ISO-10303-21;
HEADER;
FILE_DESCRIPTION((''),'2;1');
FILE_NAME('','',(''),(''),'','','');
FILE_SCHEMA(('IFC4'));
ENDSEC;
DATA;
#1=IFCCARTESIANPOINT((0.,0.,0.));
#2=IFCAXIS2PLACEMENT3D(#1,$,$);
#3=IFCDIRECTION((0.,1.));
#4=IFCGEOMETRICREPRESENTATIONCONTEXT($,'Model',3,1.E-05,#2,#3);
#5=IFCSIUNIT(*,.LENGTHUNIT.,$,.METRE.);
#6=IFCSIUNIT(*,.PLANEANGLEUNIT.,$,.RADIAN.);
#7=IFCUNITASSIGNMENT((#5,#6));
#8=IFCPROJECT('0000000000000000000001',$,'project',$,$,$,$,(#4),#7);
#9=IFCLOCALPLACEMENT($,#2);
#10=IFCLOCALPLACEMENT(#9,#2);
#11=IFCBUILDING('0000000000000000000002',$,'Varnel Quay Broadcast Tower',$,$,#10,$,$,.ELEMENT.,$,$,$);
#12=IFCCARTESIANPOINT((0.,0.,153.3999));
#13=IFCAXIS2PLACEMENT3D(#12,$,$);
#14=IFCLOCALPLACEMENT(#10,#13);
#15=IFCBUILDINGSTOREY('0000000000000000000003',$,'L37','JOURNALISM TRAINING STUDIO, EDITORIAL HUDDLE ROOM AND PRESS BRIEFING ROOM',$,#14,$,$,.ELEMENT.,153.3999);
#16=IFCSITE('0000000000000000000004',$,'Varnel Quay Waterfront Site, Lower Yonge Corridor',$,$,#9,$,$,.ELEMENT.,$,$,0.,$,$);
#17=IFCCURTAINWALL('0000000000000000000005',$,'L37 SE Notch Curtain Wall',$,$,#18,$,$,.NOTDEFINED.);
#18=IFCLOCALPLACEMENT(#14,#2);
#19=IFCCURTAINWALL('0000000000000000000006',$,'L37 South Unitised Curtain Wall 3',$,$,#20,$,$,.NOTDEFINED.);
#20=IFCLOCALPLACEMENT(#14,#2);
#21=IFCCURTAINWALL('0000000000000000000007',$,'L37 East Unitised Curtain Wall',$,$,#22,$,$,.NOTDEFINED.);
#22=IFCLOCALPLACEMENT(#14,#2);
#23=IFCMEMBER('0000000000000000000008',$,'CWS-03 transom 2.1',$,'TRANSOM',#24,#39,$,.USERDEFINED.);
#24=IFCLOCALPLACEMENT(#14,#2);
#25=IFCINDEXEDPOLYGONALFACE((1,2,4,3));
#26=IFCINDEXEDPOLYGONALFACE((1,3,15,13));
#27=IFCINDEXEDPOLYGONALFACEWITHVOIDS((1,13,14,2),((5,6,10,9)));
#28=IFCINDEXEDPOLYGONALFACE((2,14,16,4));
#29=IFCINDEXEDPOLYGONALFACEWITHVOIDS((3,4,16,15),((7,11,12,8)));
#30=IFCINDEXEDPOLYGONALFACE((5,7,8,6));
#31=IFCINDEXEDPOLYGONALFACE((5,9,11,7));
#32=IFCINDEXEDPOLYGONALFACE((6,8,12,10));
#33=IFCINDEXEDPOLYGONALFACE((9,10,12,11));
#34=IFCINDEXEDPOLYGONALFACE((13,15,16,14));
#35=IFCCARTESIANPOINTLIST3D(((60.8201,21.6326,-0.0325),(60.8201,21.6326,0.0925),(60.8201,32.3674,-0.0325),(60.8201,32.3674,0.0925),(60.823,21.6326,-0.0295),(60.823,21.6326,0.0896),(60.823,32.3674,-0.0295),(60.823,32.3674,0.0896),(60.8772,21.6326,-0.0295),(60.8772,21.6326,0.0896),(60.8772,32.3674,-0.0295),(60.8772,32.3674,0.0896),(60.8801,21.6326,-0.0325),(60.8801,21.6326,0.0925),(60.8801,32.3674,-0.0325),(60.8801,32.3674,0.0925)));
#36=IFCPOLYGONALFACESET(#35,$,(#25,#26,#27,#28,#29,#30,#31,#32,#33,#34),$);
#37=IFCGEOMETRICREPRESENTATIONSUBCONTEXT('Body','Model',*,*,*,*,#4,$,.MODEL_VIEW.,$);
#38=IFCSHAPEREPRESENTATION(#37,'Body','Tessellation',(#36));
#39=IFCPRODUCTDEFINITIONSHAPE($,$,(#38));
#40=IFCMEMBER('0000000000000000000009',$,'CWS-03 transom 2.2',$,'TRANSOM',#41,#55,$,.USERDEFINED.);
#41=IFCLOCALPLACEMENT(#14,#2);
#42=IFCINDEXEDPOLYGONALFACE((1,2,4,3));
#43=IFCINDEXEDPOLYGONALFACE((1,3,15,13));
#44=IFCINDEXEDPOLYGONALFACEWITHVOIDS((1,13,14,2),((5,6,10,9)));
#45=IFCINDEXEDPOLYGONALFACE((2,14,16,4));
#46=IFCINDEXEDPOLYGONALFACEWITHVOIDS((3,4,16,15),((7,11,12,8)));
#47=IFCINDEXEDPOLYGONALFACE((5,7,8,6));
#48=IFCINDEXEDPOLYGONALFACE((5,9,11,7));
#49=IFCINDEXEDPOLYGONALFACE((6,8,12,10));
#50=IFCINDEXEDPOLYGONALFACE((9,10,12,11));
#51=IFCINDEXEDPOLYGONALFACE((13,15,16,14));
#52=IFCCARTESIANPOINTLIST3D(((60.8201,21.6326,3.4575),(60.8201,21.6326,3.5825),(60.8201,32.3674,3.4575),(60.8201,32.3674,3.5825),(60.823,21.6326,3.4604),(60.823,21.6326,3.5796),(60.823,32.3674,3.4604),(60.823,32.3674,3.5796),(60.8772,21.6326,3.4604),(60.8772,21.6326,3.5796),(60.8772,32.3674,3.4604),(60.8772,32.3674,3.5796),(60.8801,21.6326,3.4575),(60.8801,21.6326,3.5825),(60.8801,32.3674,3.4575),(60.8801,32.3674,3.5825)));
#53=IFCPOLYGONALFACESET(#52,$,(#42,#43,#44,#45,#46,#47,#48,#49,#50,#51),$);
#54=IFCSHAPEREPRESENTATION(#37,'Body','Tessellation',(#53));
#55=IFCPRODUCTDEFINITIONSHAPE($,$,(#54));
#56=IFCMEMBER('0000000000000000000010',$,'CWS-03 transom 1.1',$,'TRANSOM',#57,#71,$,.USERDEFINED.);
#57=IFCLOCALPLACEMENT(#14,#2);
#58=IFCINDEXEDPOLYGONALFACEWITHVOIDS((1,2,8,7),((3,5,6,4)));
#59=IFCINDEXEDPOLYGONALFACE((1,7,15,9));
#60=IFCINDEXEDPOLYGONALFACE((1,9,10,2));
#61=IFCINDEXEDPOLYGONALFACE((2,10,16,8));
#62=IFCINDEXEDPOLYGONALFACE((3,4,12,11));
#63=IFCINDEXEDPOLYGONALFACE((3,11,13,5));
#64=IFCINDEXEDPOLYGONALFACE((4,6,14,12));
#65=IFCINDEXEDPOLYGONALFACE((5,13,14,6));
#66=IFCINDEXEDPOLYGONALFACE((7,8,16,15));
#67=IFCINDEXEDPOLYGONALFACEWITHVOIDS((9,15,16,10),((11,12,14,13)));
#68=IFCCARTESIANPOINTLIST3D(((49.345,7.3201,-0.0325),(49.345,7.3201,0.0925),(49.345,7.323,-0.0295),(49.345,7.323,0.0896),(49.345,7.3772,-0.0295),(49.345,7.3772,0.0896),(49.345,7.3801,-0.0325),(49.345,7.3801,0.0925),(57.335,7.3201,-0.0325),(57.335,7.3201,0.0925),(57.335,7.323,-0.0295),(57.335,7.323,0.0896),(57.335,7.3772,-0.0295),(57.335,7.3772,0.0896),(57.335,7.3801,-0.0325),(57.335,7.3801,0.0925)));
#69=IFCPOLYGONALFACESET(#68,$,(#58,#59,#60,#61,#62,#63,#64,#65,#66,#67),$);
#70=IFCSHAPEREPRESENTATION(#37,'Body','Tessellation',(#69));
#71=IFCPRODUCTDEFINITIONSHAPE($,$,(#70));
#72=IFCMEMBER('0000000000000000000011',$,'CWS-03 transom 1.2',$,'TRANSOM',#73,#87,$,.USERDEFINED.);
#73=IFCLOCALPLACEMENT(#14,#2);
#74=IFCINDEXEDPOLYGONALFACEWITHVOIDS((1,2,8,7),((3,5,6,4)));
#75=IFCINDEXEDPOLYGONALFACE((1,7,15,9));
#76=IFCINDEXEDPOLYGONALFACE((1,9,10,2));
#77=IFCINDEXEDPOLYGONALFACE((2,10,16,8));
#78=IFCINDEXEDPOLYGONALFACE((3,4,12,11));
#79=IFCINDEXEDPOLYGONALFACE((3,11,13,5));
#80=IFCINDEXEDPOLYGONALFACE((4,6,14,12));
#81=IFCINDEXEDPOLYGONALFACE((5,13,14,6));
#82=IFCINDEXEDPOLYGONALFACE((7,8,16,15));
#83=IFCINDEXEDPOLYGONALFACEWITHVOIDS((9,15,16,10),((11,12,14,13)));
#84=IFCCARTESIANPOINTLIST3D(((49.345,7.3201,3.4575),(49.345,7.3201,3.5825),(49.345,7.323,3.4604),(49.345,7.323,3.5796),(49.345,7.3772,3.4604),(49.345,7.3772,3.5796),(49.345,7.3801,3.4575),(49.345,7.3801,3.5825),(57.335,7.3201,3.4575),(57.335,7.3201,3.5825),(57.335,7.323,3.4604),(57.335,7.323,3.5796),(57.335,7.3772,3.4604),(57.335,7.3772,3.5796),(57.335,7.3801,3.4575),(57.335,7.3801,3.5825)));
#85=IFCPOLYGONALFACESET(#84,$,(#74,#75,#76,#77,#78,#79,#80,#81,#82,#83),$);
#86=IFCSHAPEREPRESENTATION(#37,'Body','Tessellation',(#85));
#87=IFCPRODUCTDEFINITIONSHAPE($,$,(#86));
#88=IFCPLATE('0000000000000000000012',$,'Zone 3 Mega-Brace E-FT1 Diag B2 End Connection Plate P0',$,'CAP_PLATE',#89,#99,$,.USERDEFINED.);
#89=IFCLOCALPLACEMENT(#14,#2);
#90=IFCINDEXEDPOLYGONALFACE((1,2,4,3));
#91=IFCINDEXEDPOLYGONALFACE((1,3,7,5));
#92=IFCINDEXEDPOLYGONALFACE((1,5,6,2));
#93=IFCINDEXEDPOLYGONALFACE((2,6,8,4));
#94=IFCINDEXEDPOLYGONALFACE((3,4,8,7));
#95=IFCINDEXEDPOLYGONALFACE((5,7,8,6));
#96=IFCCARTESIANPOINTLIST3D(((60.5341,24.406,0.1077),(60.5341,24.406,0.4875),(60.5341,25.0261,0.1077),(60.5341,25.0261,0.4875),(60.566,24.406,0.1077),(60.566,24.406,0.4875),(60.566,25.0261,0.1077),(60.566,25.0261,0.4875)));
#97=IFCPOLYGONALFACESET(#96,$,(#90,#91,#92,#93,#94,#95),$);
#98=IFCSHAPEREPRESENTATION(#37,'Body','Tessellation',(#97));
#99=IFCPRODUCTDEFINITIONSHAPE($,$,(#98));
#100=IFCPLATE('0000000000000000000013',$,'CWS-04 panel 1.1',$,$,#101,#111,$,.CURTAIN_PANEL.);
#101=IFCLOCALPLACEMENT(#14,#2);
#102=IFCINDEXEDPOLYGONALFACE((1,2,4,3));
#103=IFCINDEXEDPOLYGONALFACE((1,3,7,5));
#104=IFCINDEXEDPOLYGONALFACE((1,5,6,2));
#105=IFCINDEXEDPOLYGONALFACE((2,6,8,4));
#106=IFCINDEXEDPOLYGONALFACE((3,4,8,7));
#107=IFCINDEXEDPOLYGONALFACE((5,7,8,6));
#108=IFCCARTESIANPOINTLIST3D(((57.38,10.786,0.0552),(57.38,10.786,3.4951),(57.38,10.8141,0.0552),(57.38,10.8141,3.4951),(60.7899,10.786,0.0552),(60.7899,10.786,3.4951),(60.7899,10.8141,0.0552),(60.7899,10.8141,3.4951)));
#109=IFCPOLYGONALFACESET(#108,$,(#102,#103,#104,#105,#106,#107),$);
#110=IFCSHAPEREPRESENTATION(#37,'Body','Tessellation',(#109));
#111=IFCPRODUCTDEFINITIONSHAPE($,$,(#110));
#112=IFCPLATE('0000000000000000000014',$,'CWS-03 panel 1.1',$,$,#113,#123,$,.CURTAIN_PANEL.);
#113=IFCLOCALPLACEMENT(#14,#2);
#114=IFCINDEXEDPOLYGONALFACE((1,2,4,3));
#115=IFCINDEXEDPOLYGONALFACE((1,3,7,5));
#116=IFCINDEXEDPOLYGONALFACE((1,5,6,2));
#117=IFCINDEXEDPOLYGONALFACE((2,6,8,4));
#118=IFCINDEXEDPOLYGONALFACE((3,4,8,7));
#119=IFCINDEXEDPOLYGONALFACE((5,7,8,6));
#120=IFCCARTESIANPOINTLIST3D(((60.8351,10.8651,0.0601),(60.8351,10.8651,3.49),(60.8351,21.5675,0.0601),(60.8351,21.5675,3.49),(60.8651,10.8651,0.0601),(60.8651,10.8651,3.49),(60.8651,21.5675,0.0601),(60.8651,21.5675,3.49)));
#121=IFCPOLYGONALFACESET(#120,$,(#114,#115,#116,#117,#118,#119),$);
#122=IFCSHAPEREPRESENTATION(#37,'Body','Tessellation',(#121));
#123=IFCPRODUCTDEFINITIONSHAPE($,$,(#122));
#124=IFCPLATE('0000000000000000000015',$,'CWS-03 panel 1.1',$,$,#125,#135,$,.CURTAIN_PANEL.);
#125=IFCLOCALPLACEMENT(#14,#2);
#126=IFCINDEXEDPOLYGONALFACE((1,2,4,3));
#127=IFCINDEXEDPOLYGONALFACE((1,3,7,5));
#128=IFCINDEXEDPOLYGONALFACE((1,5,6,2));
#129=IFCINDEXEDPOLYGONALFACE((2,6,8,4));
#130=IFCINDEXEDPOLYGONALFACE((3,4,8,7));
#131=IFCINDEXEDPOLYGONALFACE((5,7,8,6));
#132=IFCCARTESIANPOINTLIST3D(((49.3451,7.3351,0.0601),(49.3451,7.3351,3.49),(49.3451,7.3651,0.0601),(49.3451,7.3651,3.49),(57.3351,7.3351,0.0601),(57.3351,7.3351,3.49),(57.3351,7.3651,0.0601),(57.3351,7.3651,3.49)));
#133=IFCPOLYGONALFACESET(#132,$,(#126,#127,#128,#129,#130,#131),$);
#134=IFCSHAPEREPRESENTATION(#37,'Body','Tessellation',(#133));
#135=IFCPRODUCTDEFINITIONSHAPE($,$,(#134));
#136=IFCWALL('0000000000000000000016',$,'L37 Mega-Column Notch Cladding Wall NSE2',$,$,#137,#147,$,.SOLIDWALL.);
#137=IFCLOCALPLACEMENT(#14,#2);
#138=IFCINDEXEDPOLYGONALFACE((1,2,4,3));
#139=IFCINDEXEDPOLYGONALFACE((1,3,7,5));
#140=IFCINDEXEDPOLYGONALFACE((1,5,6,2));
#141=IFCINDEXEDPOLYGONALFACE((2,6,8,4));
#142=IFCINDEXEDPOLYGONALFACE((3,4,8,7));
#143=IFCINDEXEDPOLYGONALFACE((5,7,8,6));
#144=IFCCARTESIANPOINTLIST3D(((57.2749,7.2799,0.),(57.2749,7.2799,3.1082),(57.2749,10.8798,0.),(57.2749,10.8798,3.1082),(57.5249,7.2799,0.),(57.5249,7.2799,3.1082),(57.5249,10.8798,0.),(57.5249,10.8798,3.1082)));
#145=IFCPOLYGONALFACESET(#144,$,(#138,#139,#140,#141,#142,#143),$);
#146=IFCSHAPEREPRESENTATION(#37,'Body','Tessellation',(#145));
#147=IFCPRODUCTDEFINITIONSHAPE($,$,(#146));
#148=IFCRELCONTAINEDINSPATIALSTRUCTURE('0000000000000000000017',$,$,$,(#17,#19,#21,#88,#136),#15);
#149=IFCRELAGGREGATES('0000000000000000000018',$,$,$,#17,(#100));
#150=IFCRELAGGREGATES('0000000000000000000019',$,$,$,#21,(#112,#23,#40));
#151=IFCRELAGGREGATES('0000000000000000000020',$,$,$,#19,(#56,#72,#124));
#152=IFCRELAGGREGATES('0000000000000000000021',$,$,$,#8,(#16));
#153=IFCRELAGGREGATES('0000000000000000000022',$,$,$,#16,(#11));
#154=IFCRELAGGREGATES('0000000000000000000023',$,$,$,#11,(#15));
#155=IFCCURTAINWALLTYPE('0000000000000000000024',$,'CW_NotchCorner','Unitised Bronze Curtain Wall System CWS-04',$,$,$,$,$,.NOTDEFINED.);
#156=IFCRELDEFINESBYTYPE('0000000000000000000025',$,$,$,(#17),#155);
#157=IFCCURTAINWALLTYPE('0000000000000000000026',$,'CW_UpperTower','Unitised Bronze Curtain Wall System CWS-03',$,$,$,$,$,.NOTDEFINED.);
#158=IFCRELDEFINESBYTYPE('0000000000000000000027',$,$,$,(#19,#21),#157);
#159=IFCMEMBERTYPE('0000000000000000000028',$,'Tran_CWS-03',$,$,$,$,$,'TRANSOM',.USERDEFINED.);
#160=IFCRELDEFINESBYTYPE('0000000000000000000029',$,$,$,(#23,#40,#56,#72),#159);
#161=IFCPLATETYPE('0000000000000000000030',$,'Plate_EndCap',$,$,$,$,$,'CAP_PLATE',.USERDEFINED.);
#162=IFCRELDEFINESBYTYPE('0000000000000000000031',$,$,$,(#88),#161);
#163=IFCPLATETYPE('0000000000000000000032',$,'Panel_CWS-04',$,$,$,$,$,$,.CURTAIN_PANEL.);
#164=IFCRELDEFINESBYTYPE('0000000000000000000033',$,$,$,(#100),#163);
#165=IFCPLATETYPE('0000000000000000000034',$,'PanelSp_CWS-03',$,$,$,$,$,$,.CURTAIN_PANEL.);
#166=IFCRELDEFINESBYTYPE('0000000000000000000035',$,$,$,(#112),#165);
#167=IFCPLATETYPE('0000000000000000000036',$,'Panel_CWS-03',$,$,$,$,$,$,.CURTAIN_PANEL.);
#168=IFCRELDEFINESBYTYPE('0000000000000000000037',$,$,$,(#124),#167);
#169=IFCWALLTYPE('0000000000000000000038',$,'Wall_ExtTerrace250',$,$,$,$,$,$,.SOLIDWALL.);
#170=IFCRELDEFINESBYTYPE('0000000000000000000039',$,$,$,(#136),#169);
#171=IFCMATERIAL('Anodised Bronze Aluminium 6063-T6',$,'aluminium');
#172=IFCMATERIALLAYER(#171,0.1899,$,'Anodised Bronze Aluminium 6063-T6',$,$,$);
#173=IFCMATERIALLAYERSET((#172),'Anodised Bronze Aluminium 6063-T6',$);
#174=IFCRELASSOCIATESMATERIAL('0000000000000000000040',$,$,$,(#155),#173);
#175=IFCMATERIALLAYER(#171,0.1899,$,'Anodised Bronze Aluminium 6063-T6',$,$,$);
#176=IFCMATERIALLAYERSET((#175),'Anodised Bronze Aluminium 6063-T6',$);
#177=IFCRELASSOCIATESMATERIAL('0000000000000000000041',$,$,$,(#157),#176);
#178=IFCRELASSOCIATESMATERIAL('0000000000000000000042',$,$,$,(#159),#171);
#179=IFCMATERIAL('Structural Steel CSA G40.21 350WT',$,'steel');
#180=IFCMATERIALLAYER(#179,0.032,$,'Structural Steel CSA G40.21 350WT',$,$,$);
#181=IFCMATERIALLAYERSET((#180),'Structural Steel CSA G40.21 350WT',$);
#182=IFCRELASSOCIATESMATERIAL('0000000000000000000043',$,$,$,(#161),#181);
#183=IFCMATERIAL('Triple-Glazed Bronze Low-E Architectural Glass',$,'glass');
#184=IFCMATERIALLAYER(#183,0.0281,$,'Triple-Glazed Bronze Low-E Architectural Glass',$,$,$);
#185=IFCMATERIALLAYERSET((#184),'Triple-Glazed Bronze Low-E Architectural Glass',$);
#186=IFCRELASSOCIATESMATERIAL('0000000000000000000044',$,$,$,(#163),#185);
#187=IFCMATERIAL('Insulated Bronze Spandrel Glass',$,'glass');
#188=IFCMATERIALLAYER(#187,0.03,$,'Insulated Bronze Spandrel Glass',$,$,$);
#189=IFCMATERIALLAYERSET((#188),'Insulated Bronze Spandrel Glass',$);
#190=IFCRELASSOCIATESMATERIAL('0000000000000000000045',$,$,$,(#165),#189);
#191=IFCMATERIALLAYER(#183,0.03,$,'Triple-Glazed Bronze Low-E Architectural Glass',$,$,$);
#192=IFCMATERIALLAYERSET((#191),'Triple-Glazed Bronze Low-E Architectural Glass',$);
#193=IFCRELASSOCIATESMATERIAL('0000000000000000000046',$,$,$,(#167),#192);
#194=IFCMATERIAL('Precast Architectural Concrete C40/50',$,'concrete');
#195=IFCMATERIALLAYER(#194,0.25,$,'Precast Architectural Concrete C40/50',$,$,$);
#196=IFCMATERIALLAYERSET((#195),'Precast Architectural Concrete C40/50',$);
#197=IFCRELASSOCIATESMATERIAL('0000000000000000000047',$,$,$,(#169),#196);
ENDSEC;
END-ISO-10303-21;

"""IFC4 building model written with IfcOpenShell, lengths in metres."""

from ifc_helpers import new_model, si_unit, direction, frame, frame_2d, origin, origin_2d, place, context, subcontext, project, spatial, rectangle, hollow_rectangle, extrude, source, transform, mapped, material, layer, layer_set, material_profile, profile_set, type_object, type_shapes, element, aggregate, save


model = new_model("IFC4")

# Units and contexts
model_context = context("Model", 3, precision=1e-05, world=origin(), true_north=direction((0.0, 1.0)))
body_context = subcontext(model_context, "Body", "Model", "MODEL_VIEW")
ifc_project = project(units=[si_unit("LENGTHUNIT", "METRE"), si_unit("PLANEANGLEUNIT", "RADIAN")], contexts=[model_context])

# Site, building, storey
site_placement = place(None, origin())
site = spatial("IfcSite", under=ifc_project, at=site_placement, Name="Varnel Quay Waterfront Site, Lower Yonge Corridor", CompositionType="ELEMENT", RefElevation=0.0)
building_placement = place(site_placement, origin())
building = spatial("IfcBuilding", under=site, at=building_placement, Name="Varnel Quay Broadcast Tower", CompositionType="ELEMENT")
storey_placement = place(building_placement, frame((0.0, 0.0, 153.3999)))
storey = spatial("IfcBuildingStorey", under=building, at=storey_placement, Name="L37", Description="JOURNALISM TRAINING STUDIO, EDITORIAL HUDDLE ROOM AND PRESS BRIEFING ROOM", CompositionType="ELEMENT", Elevation=153.3999)

# Shared definitions
ifc_material_1 = material(Name="Structural Steel CSA G40.21 350WT", Category="steel")

# Curtain walls, members
ifc_material_2 = material(Name="Anodised Bronze Aluminium 6063-T6", Category="aluminium")
ifc_layer_1 = layer(ifc_material_2, 0.1899, Name="Anodised Bronze Aluminium 6063-T6")
ifc_layer_set_1 = layer_set([ifc_layer_1], Name="Anodised Bronze Aluminium 6063-T6")
curtain_wall_type_1 = type_object("IfcCurtainWallType", Name="CW_NotchCorner", Description="Unitised Bronze Curtain Wall System CWS-04", PredefinedType="NOTDEFINED", material=ifc_layer_set_1)
curtain_wall_1_placement = place(storey_placement, origin())
curtain_wall_1 = element("IfcCurtainWall", 1, at=curtain_wall_1_placement, inside=storey, type_object=curtain_wall_type_1, Name="L37 SE Notch Curtain Wall", PredefinedType="NOTDEFINED")
ifc_layer_2 = layer(ifc_material_2, 0.1899, Name="Anodised Bronze Aluminium 6063-T6")
ifc_layer_set_2 = layer_set([ifc_layer_2], Name="Anodised Bronze Aluminium 6063-T6")
curtain_wall_type_2 = type_object("IfcCurtainWallType", Name="CW_UpperTower", Description="Unitised Bronze Curtain Wall System CWS-03", PredefinedType="NOTDEFINED", material=ifc_layer_set_2)
curtain_wall_2_placement = place(storey_placement, origin())
curtain_wall_2 = element("IfcCurtainWall", 2, at=curtain_wall_2_placement, inside=storey, type_object=curtain_wall_type_2, Name="L37 South Unitised Curtain Wall 3", PredefinedType="NOTDEFINED")
curtain_wall_3_placement = place(storey_placement, origin())
curtain_wall_3 = element("IfcCurtainWall", 3, at=curtain_wall_3_placement, inside=storey, type_object=curtain_wall_type_2, Name="L37 East Unitised Curtain Wall", PredefinedType="NOTDEFINED")
ifc_material_profile_1 = material_profile(ifc_material_2, hollow_rectangle(XDim=0.0601, YDim=0.125, WallThickness=0.0029, at=origin_2d()), Name="ALU60X125X3")
ifc_profile_set_1 = profile_set([ifc_material_profile_1], Name="Anodised Bronze Aluminium 6063-T6")
member_type_1 = type_object("IfcMemberType", Name="Tran_CWS-03", ElementType="TRANSOM", PredefinedType="USERDEFINED", material=ifc_profile_set_1)
shared_shape_1 = source(origin(), body_context, "Body", "SweptSolid", [
    extrude(hollow_rectangle(XDim=0.0601, YDim=0.125, WallThickness=0.0029, at=origin_2d()), origin(), (0.0, 0.0, 1.0), 10.7349),
])
member_1_placement = place(storey_placement, frame((60.8501, 21.6326, 0.03), z_axis=(0.0, 1.0, 0.0), x_axis=(-1.0, 0.0, 0.0)))
member_1 = element("IfcMember", 4, at=member_1_placement, type_object=member_type_1, Name="CWS-03 transom 2.1", ObjectType="TRANSOM", PredefinedType="USERDEFINED", context=body_context, shape_type="MappedRepresentation", body=[
    mapped(shared_shape_1, transform((0.0, 0.0, 0.0), x_axis=(1.0, 0.0, 0.0), y_axis=(0.0, 1.0, 0.0), z_axis=(0.0, 0.0, 1.0), scale=1.0)),
])
member_2_placement = place(storey_placement, frame((60.8501, 21.6326, 3.52), z_axis=(0.0, 1.0, 0.0), x_axis=(-1.0, 0.0, 0.0)))
member_2 = element("IfcMember", 5, at=member_2_placement, type_object=member_type_1, Name="CWS-03 transom 2.2", ObjectType="TRANSOM", PredefinedType="USERDEFINED", context=body_context, shape_type="MappedRepresentation", body=[
    mapped(shared_shape_1, transform((0.0, 0.0, 0.0), x_axis=(1.0, 0.0, 0.0), y_axis=(0.0, 1.0, 0.0), z_axis=(0.0, 0.0, 1.0), scale=1.0)),
])

# Members
shared_shape_2 = source(origin(), body_context, "Body", "SweptSolid", [
    extrude(hollow_rectangle(XDim=0.0601, YDim=0.125, WallThickness=0.0029, at=origin_2d()), origin(), (0.0, 0.0, 1.0), 7.99),
])
member_3_placement = place(storey_placement, frame((49.345, 7.3501, 0.03), z_axis=(1.0, 0.0, 0.0), x_axis=(0.0, 1.0, 0.0)))
member_3 = element("IfcMember", 6, at=member_3_placement, type_object=member_type_1, Name="CWS-03 transom 1.1", ObjectType="TRANSOM", PredefinedType="USERDEFINED", context=body_context, shape_type="MappedRepresentation", body=[
    mapped(shared_shape_2, transform((0.0, 0.0, 0.0), x_axis=(1.0, 0.0, 0.0), y_axis=(0.0, 1.0, 0.0), z_axis=(0.0, 0.0, 1.0), scale=1.0)),
])
member_4_placement = place(storey_placement, frame((49.345, 7.3501, 3.52), z_axis=(1.0, 0.0, 0.0), x_axis=(0.0, 1.0, 0.0)))
member_4 = element("IfcMember", 7, at=member_4_placement, type_object=member_type_1, Name="CWS-03 transom 1.2", ObjectType="TRANSOM", PredefinedType="USERDEFINED", context=body_context, shape_type="MappedRepresentation", body=[
    mapped(shared_shape_2, transform((0.0, 0.0, 0.0), x_axis=(1.0, 0.0, 0.0), y_axis=(0.0, 1.0, 0.0), z_axis=(0.0, 0.0, 1.0), scale=1.0)),
])

# Plates
ifc_layer_3 = layer(ifc_material_1, 0.032, Name="Structural Steel CSA G40.21 350WT")
ifc_layer_set_3 = layer_set([ifc_layer_3], Name="Structural Steel CSA G40.21 350WT")
plate_type_1 = type_object("IfcPlateType", Name="Plate_EndCap", ElementType="CAP_PLATE", PredefinedType="USERDEFINED", material=ifc_layer_set_3)
shared_shape_3 = source(origin(), body_context, "Body", "SweptSolid", [
    extrude(rectangle(XDim=0.6201, YDim=0.032, at=origin_2d()), origin(), (0.0, 0.0, 1.0), 0.3799),
])
type_shapes(plate_type_1, [shared_shape_3])
plate_1_placement = place(storey_placement, frame((60.55, 24.7161, 0.1077), z_axis=(0.0, 0.0, 1.0), x_axis=(0.0, 1.0, 0.0)))
element("IfcPlate", 8, at=plate_1_placement, inside=storey, type_object=plate_type_1, Name="Zone 3 Mega-Brace E-FT1 Diag B2 End Connection Plate P0", ObjectType="CAP_PLATE", PredefinedType="USERDEFINED", context=body_context, shape_type="MappedRepresentation", body=[
    mapped(shared_shape_3, transform((0.0, 0.0, 0.0), x_axis=(1.0, 0.0, 0.0), y_axis=(0.0, 1.0, 0.0), z_axis=(0.0, 0.0, 1.0), scale=1.0)),
])
ifc_material_3 = material(Name="Triple-Glazed Bronze Low-E Architectural Glass", Category="glass")
ifc_layer_4 = layer(ifc_material_3, 0.0281, Name="Triple-Glazed Bronze Low-E Architectural Glass")
ifc_layer_set_4 = layer_set([ifc_layer_4], Name="Triple-Glazed Bronze Low-E Architectural Glass")
plate_type_2 = type_object("IfcPlateType", Name="Panel_CWS-04", PredefinedType="CURTAIN_PANEL", material=ifc_layer_set_4)
shared_shape_4 = source(origin(), body_context, "Body", "SweptSolid", [
    extrude(rectangle(XDim=3.4099, YDim=0.0281, at=origin_2d()), origin(), (0.0, 0.0, 1.0), 3.4399),
])
type_shapes(plate_type_2, [shared_shape_4])
plate_2_placement = place(storey_placement, frame((59.085, 10.8, 0.0552), z_axis=(0.0, 0.0, 1.0), x_axis=(1.0, 0.0, 0.0)))
plate_2 = element("IfcPlate", 9, at=plate_2_placement, type_object=plate_type_2, Name="CWS-04 panel 1.1", PredefinedType="CURTAIN_PANEL", context=body_context, shape_type="MappedRepresentation", body=[
    mapped(shared_shape_4, transform((0.0, 0.0, 0.0), x_axis=(1.0, 0.0, 0.0), y_axis=(0.0, 1.0, 0.0), z_axis=(0.0, 0.0, 1.0), scale=1.0)),
])
aggregate(curtain_wall_1, [plate_2])
ifc_material_4 = material(Name="Insulated Bronze Spandrel Glass", Category="glass")
ifc_layer_5 = layer(ifc_material_4, 0.03, Name="Insulated Bronze Spandrel Glass")
ifc_layer_set_5 = layer_set([ifc_layer_5], Name="Insulated Bronze Spandrel Glass")
plate_type_3 = type_object("IfcPlateType", Name="PanelSp_CWS-03", PredefinedType="CURTAIN_PANEL", material=ifc_layer_set_5)
shared_shape_5 = source(origin(), body_context, "Body", "SweptSolid", [
    extrude(rectangle(XDim=10.7024, YDim=0.03, at=origin_2d()), origin(), (0.0, 0.0, 1.0), 3.4299),
])
type_shapes(plate_type_3, [shared_shape_5])
plate_3_placement = place(storey_placement, frame((60.8501, 16.2163, 0.0601), z_axis=(0.0, 0.0, 1.0), x_axis=(0.0, 1.0, 0.0)))
plate_3 = element("IfcPlate", 10, at=plate_3_placement, type_object=plate_type_3, Name="CWS-03 panel 1.1", PredefinedType="CURTAIN_PANEL", context=body_context, shape_type="MappedRepresentation", body=[
    mapped(shared_shape_5, transform((0.0, 0.0, 0.0), x_axis=(1.0, 0.0, 0.0), y_axis=(0.0, 1.0, 0.0), z_axis=(0.0, 0.0, 1.0), scale=1.0)),
])
aggregate(curtain_wall_3, [plate_3, member_1, member_2])
ifc_layer_6 = layer(ifc_material_3, 0.03, Name="Triple-Glazed Bronze Low-E Architectural Glass")
ifc_layer_set_6 = layer_set([ifc_layer_6], Name="Triple-Glazed Bronze Low-E Architectural Glass")
plate_type_4 = type_object("IfcPlateType", Name="Panel_CWS-03", PredefinedType="CURTAIN_PANEL", material=ifc_layer_set_6)
shared_shape_6 = source(origin(), body_context, "Body", "SweptSolid", [
    extrude(rectangle(XDim=7.99, YDim=0.03, at=origin_2d()), origin(), (0.0, 0.0, 1.0), 3.4299),
])
type_shapes(plate_type_4, [shared_shape_6])
plate_4_placement = place(storey_placement, frame((53.3401, 7.3501, 0.0601), z_axis=(0.0, 0.0, 1.0), x_axis=(1.0, 0.0, 0.0)))
plate_4 = element("IfcPlate", 11, at=plate_4_placement, type_object=plate_type_4, Name="CWS-03 panel 1.1", PredefinedType="CURTAIN_PANEL", context=body_context, shape_type="MappedRepresentation", body=[
    mapped(shared_shape_6, transform((0.0, 0.0, 0.0), x_axis=(1.0, 0.0, 0.0), y_axis=(0.0, 1.0, 0.0), z_axis=(0.0, 0.0, 1.0), scale=1.0)),
])
aggregate(curtain_wall_2, [member_3, member_4, plate_4])

# Wall
ifc_material_5 = material(Name="Precast Architectural Concrete C40/50", Category="concrete")
ifc_layer_7 = layer(ifc_material_5, 0.25, Name="Precast Architectural Concrete C40/50")
ifc_layer_set_7 = layer_set([ifc_layer_7], Name="Precast Architectural Concrete C40/50")
wall_type = type_object("IfcWallType", Name="Wall_ExtTerrace250", PredefinedType="SOLIDWALL", material=ifc_layer_set_7)
wall_placement = place(storey_placement, frame((57.3999, 7.28, 0.0), z_axis=(0.0, 0.0, 1.0), x_axis=(0.0, 1.0, 0.0)))
element("IfcWall", 12, at=wall_placement, inside=storey, type_object=wall_type, Name="L37 Mega-Column Notch Cladding Wall NSE2", PredefinedType="SOLIDWALL", context=body_context, shape_type="SweptSolid", body=[
    extrude(rectangle(XDim=3.5999, YDim=0.25, at=frame_2d((1.7998, 0.0))), origin(), (0.0, 0.0, 1.0), 3.1082),
])

save(model, "model.ifc")
